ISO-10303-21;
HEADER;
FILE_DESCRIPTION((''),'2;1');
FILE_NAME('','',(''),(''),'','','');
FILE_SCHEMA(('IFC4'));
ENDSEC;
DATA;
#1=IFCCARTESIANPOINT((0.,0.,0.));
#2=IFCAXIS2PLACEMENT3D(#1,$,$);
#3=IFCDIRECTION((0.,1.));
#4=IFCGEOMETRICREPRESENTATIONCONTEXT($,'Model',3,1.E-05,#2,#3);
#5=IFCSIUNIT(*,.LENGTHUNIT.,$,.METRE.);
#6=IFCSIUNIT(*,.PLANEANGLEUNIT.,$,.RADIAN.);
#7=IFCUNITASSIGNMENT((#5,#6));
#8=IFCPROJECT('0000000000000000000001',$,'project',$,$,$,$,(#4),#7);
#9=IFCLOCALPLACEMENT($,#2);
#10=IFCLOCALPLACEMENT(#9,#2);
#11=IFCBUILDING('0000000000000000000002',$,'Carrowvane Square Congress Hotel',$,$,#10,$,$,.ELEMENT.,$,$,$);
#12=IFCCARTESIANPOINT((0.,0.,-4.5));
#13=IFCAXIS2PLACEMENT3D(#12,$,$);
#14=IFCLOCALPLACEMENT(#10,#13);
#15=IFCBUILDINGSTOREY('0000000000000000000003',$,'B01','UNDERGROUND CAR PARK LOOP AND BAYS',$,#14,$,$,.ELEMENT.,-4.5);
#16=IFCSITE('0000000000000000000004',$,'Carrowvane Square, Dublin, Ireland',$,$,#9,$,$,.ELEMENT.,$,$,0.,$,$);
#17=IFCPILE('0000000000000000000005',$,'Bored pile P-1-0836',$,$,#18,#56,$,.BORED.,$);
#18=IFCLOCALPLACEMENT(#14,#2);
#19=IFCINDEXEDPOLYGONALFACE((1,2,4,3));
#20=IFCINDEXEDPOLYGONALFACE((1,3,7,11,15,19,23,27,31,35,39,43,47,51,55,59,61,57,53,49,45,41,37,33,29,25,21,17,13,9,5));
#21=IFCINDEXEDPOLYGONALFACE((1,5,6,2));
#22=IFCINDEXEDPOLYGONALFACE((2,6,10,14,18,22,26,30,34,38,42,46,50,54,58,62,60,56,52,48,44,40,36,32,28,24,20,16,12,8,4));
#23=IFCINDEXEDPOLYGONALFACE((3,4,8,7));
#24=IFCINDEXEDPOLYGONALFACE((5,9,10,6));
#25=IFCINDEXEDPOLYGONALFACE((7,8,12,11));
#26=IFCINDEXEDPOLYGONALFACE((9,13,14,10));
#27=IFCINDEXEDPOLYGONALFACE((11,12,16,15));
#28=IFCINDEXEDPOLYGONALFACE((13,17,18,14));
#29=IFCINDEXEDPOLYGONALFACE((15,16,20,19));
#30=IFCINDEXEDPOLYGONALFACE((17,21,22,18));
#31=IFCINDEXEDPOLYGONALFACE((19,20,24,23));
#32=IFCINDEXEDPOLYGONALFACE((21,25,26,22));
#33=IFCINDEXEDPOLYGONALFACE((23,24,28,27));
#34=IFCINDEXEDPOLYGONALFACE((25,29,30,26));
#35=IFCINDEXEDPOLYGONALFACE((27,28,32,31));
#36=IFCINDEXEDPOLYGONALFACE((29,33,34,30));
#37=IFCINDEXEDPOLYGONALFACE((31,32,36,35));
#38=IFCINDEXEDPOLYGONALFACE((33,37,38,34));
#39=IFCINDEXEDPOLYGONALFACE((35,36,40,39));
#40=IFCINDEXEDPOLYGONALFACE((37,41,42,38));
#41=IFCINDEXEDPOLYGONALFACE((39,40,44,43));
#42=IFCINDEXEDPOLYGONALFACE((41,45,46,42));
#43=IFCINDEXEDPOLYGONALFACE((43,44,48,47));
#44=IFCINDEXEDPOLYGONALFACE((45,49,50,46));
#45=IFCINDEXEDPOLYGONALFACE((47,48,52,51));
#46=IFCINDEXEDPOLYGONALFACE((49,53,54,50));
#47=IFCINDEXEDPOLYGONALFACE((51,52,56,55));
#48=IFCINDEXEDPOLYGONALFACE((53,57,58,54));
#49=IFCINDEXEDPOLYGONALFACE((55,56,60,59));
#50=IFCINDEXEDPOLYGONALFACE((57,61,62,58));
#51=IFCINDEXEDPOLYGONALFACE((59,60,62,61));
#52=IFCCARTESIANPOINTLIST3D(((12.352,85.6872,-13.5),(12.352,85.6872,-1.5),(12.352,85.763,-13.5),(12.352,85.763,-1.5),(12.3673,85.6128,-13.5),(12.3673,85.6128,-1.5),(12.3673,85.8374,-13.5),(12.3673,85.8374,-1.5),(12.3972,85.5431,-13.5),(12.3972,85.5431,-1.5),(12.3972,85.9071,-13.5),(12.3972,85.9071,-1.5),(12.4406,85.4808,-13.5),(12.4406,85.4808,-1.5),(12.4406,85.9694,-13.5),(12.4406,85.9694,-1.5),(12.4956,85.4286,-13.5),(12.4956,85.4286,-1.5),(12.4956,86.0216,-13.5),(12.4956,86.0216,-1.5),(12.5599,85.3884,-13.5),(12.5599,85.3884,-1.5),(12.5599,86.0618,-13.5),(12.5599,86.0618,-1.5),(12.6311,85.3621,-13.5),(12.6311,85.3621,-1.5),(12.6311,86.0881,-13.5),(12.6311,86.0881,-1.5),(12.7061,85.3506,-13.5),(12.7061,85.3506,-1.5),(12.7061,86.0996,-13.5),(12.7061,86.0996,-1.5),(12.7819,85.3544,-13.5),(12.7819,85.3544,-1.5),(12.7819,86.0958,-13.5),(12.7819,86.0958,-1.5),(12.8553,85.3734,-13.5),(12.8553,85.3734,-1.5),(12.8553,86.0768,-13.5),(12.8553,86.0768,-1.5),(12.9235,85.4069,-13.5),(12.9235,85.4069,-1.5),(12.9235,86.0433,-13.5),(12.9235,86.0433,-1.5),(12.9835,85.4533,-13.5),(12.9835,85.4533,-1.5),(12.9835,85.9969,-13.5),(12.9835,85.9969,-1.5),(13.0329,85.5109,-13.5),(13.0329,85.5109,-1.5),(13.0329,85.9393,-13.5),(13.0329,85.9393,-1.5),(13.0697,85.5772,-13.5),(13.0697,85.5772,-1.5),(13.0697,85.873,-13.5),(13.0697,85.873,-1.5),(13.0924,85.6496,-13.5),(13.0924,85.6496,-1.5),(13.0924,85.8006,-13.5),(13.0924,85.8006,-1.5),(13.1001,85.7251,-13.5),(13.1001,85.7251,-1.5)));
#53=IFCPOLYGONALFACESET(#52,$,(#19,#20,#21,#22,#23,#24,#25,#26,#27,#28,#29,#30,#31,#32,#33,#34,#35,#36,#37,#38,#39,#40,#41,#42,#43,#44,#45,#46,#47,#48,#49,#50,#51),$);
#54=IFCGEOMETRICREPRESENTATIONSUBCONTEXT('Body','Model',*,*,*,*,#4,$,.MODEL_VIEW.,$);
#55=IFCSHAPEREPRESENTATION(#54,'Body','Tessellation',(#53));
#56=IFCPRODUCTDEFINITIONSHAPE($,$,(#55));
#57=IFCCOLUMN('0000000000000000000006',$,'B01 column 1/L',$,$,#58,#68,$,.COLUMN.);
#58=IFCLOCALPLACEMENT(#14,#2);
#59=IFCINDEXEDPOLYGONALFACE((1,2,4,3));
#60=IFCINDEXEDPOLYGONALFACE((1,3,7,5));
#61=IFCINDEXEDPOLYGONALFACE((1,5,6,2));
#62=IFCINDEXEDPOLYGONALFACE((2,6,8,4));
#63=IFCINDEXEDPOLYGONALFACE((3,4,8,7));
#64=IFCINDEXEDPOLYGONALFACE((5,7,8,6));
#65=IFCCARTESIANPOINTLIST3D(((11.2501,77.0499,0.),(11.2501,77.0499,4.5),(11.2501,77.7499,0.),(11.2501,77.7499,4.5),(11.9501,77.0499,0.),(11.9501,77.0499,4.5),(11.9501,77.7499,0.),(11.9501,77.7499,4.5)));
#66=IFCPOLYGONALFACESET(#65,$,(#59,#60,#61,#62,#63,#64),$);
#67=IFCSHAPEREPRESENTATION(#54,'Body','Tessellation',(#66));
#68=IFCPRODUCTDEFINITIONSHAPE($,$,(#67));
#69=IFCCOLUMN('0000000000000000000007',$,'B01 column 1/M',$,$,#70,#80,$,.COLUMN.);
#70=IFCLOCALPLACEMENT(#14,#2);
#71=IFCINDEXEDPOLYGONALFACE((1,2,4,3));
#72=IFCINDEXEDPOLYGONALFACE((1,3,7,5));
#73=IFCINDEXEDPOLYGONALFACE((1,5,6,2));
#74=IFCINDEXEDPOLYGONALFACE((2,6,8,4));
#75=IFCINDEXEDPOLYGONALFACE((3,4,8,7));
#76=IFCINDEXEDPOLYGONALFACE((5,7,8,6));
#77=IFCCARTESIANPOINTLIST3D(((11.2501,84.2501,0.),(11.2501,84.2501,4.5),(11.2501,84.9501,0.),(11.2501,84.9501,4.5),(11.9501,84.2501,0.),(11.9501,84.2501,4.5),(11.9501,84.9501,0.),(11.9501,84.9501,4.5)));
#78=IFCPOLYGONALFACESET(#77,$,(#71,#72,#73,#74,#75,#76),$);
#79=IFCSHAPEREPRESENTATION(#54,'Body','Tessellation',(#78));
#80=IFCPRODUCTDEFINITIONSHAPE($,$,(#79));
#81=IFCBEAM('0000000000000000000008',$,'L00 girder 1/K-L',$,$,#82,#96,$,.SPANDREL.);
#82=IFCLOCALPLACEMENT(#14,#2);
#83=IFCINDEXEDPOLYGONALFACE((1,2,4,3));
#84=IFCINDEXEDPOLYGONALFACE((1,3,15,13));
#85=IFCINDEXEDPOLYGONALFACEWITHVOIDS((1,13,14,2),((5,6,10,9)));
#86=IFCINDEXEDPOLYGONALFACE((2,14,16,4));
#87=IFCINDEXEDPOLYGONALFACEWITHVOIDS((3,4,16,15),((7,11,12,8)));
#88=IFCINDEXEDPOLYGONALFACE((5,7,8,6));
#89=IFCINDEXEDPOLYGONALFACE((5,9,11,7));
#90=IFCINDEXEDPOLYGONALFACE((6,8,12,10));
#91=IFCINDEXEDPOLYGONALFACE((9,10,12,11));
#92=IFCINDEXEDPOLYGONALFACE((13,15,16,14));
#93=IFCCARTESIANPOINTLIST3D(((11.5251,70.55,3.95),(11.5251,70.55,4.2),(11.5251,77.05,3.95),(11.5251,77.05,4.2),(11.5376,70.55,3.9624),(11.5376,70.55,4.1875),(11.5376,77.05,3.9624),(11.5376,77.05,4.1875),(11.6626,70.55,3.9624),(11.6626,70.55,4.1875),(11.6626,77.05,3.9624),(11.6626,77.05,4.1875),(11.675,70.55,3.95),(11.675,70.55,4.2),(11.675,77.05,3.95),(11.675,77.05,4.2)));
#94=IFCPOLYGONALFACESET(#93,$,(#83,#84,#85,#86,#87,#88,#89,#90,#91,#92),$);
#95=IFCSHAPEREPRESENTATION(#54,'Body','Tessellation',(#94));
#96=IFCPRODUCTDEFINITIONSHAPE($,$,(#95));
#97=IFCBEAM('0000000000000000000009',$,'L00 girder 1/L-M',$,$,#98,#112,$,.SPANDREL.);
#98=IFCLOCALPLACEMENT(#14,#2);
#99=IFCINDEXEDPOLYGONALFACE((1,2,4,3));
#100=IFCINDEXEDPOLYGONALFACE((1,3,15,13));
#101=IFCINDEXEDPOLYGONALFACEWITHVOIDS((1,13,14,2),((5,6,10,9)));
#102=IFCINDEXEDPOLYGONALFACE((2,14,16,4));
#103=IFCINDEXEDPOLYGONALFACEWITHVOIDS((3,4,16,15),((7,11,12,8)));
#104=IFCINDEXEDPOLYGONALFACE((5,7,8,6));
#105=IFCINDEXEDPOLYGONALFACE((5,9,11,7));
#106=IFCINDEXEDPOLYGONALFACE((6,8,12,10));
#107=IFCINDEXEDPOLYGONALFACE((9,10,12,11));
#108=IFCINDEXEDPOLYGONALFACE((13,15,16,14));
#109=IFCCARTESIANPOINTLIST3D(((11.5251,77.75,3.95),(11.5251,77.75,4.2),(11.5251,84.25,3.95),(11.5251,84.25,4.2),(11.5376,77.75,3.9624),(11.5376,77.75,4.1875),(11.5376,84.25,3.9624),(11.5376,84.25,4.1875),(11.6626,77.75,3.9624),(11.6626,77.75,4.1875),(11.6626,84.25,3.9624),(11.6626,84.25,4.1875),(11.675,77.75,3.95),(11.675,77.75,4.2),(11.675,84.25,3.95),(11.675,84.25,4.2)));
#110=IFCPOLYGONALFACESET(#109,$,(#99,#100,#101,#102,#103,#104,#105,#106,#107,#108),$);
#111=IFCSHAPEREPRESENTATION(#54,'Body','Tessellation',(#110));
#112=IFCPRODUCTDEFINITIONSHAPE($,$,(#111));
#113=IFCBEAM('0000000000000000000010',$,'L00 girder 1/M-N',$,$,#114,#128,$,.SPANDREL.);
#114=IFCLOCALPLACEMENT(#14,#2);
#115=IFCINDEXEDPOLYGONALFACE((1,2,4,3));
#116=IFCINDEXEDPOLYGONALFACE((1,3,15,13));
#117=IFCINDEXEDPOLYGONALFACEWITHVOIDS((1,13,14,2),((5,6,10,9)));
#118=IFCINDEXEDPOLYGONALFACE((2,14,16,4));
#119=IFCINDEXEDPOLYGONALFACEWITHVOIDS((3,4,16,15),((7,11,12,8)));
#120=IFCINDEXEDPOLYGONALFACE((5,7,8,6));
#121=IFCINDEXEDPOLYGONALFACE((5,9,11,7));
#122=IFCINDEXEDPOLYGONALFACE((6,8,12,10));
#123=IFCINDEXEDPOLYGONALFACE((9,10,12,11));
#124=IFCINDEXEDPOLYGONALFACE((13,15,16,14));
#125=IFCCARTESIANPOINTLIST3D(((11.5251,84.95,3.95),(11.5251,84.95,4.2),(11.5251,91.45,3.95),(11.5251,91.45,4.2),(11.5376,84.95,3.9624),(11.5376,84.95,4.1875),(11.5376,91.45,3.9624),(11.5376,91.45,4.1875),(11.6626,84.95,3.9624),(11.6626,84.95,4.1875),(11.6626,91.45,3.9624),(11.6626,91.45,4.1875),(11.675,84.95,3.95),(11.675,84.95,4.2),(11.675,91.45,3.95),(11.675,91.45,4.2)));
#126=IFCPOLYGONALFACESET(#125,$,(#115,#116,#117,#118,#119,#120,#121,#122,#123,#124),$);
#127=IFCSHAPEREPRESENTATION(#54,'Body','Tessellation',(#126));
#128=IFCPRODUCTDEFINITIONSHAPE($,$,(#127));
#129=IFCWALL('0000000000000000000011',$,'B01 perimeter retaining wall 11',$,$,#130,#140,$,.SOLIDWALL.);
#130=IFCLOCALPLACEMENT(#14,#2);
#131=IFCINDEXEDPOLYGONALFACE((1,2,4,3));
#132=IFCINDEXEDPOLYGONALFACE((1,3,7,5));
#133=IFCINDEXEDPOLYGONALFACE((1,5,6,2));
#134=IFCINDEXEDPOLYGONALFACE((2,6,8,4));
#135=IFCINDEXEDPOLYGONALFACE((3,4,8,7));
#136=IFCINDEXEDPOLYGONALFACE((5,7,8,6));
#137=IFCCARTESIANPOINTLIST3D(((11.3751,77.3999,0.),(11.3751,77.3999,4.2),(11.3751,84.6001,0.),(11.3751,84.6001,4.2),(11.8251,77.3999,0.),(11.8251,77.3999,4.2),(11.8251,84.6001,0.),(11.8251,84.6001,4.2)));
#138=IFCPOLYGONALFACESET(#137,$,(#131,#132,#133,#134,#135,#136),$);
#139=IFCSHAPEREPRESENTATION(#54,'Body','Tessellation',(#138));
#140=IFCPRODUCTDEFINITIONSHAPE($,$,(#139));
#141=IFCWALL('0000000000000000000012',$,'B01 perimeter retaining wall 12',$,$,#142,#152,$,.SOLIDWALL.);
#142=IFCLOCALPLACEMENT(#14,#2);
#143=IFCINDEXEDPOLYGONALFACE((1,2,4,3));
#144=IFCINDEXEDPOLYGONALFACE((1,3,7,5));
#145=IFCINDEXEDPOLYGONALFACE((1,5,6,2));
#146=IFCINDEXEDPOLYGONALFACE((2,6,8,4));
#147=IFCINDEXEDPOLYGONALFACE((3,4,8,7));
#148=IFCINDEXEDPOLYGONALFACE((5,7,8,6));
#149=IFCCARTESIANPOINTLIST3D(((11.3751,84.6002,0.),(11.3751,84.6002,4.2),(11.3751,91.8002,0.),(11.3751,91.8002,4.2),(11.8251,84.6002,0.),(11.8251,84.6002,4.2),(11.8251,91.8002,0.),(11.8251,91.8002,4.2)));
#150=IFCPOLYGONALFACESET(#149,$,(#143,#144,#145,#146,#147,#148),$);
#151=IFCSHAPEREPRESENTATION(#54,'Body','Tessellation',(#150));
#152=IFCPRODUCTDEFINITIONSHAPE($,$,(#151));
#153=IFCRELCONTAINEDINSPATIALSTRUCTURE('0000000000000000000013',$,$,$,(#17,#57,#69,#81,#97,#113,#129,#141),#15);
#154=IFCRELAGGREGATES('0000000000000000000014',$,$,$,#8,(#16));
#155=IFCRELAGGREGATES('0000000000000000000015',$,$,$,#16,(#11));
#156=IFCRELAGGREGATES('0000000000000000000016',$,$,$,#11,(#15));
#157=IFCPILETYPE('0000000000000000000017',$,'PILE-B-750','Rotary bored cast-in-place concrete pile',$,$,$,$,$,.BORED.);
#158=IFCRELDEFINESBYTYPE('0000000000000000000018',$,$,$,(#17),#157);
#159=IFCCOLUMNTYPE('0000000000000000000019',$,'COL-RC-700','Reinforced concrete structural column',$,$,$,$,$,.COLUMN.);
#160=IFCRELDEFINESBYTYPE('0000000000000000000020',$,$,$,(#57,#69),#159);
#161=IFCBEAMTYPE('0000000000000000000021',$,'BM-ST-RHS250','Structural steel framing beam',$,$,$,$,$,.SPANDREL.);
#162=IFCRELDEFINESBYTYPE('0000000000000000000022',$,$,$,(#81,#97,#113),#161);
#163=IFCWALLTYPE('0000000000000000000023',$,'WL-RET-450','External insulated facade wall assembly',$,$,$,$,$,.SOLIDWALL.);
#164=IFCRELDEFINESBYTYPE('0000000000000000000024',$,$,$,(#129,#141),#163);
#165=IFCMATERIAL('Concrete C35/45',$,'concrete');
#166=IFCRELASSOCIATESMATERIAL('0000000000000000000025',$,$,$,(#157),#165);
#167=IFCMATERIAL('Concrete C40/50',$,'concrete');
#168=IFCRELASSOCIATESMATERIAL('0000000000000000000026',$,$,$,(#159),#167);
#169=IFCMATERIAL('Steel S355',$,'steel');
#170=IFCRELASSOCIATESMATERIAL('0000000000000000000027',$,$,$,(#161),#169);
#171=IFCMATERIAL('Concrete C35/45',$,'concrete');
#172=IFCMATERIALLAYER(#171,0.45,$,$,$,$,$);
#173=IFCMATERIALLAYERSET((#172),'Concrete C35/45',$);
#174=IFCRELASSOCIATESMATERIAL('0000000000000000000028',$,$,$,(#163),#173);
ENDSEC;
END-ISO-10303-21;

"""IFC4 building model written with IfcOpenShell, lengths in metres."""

from ifc_helpers import new_model, si_unit, direction, frame, frame_2d, origin, origin_2d, place, context, subcontext, project, spatial, rectangle, hollow_rectangle, circle, extrude, material, layer, layer_set, material_profile, profile_set, type_object, element, save


model = new_model("IFC4")

# Units and contexts
model_context = context("Model", 3, precision=1e-05, world=origin(), true_north=direction((0.0, 1.0)))
body_context = subcontext(model_context, "Body", "Model", "MODEL_VIEW")
ifc_project = project(units=[si_unit("LENGTHUNIT", "METRE"), si_unit("PLANEANGLEUNIT", "RADIAN")], contexts=[model_context])

# Site, building, storey
site_placement = place(None, origin())
site = spatial("IfcSite", under=ifc_project, at=site_placement, Name="Carrowvane Square, Dublin, Ireland", CompositionType="ELEMENT", RefElevation=0.0)
building_placement = place(site_placement, origin())
building = spatial("IfcBuilding", under=site, at=building_placement, Name="Carrowvane Square Congress Hotel", CompositionType="ELEMENT")
storey_placement = place(building_placement, frame((0.0, 0.0, -4.5)))
storey = spatial("IfcBuildingStorey", under=building, at=storey_placement, Name="B01", Description="UNDERGROUND CAR PARK LOOP AND BAYS", CompositionType="ELEMENT", Elevation=-4.5)

# Pile
ifc_material_1 = material(Name="Concrete C35/45", Category="concrete")
ifc_material_profile_1 = material_profile(ifc_material_1, circle(Radius=0.375, at=origin_2d()), Name="PILE D750")
ifc_profile_set_1 = profile_set([ifc_material_profile_1], Name="Concrete C35/45")
pile_type = type_object("IfcPileType", Name="PILE-B-750", Description="Rotary bored cast-in-place concrete pile", PredefinedType="BORED", material=ifc_profile_set_1)
for number, where, z_axis, x_axis, name in (
    (1, (12.7251, 85.7251, -1.5), (0.0, 0.0, -1.0), (1.0, 0.0, 0.0), "Bored pile P-1-0836"),
):
    element("IfcPile", number, at=place(storey_placement, frame(where, z_axis=z_axis, x_axis=x_axis)), inside=storey, type_object=pile_type, Name=name, PredefinedType="BORED", context=body_context, shape_type="SweptSolid", body=[
        extrude(circle(Radius=0.375, at=origin_2d()), origin(), (0.0, 0.0, 1.0), 12.0),
    ])

# Columns
ifc_material_2 = material(Name="Concrete C40/50", Category="concrete")
ifc_material_profile_2 = material_profile(ifc_material_2, rectangle(XDim=0.7, YDim=0.7, at=origin_2d()), Name="RC 700x700")
ifc_profile_set_2 = profile_set([ifc_material_profile_2], Name="Concrete C40/50")
column_type = type_object("IfcColumnType", Name="COL-RC-700", Description="Reinforced concrete structural column", PredefinedType="COLUMN", material=ifc_profile_set_2)
for number, where, z_axis, x_axis, name in (
    (2, (11.6001, 77.3999, 0.0), (0.0, 0.0, 1.0), (1.0, 0.0, 0.0), "B01 column 1/L"),
    (3, (11.6001, 84.6001, 0.0), (0.0, 0.0, 1.0), (1.0, 0.0, 0.0), "B01 column 1/M"),
):
    element("IfcColumn", number, at=place(storey_placement, frame(where, z_axis=z_axis, x_axis=x_axis)), inside=storey, type_object=column_type, Name=name, PredefinedType="COLUMN", context=body_context, shape_type="SweptSolid", body=[
        extrude(rectangle(XDim=0.7, YDim=0.7, at=origin_2d()), origin(), (0.0, 0.0, 1.0), 4.5),
    ])

# Beams
ifc_material_3 = material(Name="Steel S355", Category="steel")
ifc_material_profile_3 = material_profile(ifc_material_3, hollow_rectangle(XDim=0.1499, YDim=0.25, WallThickness=0.0125, at=origin_2d()), Name="RHS 250x150x12.5")
ifc_profile_set_3 = profile_set([ifc_material_profile_3], Name="Steel S355")
beam_type = type_object("IfcBeamType", Name="BM-ST-RHS250", Description="Structural steel framing beam", PredefinedType="SPANDREL", material=ifc_profile_set_3)
for number, where, z_axis, x_axis, name in (
    (4, (11.6001, 70.55, 4.075), (0.0, 1.0, 0.0), (-1.0, 0.0, 0.0), "L00 girder 1/K-L"),
    (5, (11.6001, 77.75, 4.075), (0.0, 1.0, 0.0), (-1.0, 0.0, 0.0), "L00 girder 1/L-M"),
    (6, (11.6001, 84.95, 4.075), (0.0, 1.0, 0.0), (-1.0, 0.0, 0.0), "L00 girder 1/M-N"),
):
    element("IfcBeam", number, at=place(storey_placement, frame(where, z_axis=z_axis, x_axis=x_axis)), inside=storey, type_object=beam_type, Name=name, PredefinedType="SPANDREL", context=body_context, shape_type="SweptSolid", body=[
        extrude(hollow_rectangle(XDim=0.1499, YDim=0.25, WallThickness=0.0125, at=origin_2d()), origin(), (0.0, 0.0, 1.0), 6.5),
    ])

# Walls
ifc_material_4 = material(Name="Concrete C35/45", Category="concrete")
ifc_layer = layer(ifc_material_4, 0.45)
ifc_layer_set = layer_set([ifc_layer], Name="Concrete C35/45")
wall_type = type_object("IfcWallType", Name="WL-RET-450", Description="External insulated facade wall assembly", PredefinedType="SOLIDWALL", material=ifc_layer_set)
wall_1_placement = place(storey_placement, frame((11.6001, 77.3999, 0.0), z_axis=(0.0, 0.0, 1.0), x_axis=(0.0, 1.0, 0.0)))
element("IfcWall", 7, at=wall_1_placement, inside=storey, type_object=wall_type, Name="B01 perimeter retaining wall 11", PredefinedType="SOLIDWALL", context=body_context, shape_type="SweptSolid", body=[
    extrude(rectangle(XDim=7.2002, YDim=0.45, at=frame_2d((3.6001, 0.0))), origin(), (0.0, 0.0, 1.0), 4.2),
])
wall_2_placement = place(storey_placement, frame((11.6001, 84.6001, 0.0), z_axis=(0.0, 0.0, 1.0), x_axis=(0.0, 1.0, 0.0)))
element("IfcWall", 8, at=wall_2_placement, inside=storey, type_object=wall_type, Name="B01 perimeter retaining wall 12", PredefinedType="SOLIDWALL", context=body_context, shape_type="SweptSolid", body=[
    extrude(rectangle(XDim=7.2, YDim=0.45, at=frame_2d((3.6001, 0.0))), origin(), (0.0, 0.0, 1.0), 4.2),
])

save(model, "model.ifc")
